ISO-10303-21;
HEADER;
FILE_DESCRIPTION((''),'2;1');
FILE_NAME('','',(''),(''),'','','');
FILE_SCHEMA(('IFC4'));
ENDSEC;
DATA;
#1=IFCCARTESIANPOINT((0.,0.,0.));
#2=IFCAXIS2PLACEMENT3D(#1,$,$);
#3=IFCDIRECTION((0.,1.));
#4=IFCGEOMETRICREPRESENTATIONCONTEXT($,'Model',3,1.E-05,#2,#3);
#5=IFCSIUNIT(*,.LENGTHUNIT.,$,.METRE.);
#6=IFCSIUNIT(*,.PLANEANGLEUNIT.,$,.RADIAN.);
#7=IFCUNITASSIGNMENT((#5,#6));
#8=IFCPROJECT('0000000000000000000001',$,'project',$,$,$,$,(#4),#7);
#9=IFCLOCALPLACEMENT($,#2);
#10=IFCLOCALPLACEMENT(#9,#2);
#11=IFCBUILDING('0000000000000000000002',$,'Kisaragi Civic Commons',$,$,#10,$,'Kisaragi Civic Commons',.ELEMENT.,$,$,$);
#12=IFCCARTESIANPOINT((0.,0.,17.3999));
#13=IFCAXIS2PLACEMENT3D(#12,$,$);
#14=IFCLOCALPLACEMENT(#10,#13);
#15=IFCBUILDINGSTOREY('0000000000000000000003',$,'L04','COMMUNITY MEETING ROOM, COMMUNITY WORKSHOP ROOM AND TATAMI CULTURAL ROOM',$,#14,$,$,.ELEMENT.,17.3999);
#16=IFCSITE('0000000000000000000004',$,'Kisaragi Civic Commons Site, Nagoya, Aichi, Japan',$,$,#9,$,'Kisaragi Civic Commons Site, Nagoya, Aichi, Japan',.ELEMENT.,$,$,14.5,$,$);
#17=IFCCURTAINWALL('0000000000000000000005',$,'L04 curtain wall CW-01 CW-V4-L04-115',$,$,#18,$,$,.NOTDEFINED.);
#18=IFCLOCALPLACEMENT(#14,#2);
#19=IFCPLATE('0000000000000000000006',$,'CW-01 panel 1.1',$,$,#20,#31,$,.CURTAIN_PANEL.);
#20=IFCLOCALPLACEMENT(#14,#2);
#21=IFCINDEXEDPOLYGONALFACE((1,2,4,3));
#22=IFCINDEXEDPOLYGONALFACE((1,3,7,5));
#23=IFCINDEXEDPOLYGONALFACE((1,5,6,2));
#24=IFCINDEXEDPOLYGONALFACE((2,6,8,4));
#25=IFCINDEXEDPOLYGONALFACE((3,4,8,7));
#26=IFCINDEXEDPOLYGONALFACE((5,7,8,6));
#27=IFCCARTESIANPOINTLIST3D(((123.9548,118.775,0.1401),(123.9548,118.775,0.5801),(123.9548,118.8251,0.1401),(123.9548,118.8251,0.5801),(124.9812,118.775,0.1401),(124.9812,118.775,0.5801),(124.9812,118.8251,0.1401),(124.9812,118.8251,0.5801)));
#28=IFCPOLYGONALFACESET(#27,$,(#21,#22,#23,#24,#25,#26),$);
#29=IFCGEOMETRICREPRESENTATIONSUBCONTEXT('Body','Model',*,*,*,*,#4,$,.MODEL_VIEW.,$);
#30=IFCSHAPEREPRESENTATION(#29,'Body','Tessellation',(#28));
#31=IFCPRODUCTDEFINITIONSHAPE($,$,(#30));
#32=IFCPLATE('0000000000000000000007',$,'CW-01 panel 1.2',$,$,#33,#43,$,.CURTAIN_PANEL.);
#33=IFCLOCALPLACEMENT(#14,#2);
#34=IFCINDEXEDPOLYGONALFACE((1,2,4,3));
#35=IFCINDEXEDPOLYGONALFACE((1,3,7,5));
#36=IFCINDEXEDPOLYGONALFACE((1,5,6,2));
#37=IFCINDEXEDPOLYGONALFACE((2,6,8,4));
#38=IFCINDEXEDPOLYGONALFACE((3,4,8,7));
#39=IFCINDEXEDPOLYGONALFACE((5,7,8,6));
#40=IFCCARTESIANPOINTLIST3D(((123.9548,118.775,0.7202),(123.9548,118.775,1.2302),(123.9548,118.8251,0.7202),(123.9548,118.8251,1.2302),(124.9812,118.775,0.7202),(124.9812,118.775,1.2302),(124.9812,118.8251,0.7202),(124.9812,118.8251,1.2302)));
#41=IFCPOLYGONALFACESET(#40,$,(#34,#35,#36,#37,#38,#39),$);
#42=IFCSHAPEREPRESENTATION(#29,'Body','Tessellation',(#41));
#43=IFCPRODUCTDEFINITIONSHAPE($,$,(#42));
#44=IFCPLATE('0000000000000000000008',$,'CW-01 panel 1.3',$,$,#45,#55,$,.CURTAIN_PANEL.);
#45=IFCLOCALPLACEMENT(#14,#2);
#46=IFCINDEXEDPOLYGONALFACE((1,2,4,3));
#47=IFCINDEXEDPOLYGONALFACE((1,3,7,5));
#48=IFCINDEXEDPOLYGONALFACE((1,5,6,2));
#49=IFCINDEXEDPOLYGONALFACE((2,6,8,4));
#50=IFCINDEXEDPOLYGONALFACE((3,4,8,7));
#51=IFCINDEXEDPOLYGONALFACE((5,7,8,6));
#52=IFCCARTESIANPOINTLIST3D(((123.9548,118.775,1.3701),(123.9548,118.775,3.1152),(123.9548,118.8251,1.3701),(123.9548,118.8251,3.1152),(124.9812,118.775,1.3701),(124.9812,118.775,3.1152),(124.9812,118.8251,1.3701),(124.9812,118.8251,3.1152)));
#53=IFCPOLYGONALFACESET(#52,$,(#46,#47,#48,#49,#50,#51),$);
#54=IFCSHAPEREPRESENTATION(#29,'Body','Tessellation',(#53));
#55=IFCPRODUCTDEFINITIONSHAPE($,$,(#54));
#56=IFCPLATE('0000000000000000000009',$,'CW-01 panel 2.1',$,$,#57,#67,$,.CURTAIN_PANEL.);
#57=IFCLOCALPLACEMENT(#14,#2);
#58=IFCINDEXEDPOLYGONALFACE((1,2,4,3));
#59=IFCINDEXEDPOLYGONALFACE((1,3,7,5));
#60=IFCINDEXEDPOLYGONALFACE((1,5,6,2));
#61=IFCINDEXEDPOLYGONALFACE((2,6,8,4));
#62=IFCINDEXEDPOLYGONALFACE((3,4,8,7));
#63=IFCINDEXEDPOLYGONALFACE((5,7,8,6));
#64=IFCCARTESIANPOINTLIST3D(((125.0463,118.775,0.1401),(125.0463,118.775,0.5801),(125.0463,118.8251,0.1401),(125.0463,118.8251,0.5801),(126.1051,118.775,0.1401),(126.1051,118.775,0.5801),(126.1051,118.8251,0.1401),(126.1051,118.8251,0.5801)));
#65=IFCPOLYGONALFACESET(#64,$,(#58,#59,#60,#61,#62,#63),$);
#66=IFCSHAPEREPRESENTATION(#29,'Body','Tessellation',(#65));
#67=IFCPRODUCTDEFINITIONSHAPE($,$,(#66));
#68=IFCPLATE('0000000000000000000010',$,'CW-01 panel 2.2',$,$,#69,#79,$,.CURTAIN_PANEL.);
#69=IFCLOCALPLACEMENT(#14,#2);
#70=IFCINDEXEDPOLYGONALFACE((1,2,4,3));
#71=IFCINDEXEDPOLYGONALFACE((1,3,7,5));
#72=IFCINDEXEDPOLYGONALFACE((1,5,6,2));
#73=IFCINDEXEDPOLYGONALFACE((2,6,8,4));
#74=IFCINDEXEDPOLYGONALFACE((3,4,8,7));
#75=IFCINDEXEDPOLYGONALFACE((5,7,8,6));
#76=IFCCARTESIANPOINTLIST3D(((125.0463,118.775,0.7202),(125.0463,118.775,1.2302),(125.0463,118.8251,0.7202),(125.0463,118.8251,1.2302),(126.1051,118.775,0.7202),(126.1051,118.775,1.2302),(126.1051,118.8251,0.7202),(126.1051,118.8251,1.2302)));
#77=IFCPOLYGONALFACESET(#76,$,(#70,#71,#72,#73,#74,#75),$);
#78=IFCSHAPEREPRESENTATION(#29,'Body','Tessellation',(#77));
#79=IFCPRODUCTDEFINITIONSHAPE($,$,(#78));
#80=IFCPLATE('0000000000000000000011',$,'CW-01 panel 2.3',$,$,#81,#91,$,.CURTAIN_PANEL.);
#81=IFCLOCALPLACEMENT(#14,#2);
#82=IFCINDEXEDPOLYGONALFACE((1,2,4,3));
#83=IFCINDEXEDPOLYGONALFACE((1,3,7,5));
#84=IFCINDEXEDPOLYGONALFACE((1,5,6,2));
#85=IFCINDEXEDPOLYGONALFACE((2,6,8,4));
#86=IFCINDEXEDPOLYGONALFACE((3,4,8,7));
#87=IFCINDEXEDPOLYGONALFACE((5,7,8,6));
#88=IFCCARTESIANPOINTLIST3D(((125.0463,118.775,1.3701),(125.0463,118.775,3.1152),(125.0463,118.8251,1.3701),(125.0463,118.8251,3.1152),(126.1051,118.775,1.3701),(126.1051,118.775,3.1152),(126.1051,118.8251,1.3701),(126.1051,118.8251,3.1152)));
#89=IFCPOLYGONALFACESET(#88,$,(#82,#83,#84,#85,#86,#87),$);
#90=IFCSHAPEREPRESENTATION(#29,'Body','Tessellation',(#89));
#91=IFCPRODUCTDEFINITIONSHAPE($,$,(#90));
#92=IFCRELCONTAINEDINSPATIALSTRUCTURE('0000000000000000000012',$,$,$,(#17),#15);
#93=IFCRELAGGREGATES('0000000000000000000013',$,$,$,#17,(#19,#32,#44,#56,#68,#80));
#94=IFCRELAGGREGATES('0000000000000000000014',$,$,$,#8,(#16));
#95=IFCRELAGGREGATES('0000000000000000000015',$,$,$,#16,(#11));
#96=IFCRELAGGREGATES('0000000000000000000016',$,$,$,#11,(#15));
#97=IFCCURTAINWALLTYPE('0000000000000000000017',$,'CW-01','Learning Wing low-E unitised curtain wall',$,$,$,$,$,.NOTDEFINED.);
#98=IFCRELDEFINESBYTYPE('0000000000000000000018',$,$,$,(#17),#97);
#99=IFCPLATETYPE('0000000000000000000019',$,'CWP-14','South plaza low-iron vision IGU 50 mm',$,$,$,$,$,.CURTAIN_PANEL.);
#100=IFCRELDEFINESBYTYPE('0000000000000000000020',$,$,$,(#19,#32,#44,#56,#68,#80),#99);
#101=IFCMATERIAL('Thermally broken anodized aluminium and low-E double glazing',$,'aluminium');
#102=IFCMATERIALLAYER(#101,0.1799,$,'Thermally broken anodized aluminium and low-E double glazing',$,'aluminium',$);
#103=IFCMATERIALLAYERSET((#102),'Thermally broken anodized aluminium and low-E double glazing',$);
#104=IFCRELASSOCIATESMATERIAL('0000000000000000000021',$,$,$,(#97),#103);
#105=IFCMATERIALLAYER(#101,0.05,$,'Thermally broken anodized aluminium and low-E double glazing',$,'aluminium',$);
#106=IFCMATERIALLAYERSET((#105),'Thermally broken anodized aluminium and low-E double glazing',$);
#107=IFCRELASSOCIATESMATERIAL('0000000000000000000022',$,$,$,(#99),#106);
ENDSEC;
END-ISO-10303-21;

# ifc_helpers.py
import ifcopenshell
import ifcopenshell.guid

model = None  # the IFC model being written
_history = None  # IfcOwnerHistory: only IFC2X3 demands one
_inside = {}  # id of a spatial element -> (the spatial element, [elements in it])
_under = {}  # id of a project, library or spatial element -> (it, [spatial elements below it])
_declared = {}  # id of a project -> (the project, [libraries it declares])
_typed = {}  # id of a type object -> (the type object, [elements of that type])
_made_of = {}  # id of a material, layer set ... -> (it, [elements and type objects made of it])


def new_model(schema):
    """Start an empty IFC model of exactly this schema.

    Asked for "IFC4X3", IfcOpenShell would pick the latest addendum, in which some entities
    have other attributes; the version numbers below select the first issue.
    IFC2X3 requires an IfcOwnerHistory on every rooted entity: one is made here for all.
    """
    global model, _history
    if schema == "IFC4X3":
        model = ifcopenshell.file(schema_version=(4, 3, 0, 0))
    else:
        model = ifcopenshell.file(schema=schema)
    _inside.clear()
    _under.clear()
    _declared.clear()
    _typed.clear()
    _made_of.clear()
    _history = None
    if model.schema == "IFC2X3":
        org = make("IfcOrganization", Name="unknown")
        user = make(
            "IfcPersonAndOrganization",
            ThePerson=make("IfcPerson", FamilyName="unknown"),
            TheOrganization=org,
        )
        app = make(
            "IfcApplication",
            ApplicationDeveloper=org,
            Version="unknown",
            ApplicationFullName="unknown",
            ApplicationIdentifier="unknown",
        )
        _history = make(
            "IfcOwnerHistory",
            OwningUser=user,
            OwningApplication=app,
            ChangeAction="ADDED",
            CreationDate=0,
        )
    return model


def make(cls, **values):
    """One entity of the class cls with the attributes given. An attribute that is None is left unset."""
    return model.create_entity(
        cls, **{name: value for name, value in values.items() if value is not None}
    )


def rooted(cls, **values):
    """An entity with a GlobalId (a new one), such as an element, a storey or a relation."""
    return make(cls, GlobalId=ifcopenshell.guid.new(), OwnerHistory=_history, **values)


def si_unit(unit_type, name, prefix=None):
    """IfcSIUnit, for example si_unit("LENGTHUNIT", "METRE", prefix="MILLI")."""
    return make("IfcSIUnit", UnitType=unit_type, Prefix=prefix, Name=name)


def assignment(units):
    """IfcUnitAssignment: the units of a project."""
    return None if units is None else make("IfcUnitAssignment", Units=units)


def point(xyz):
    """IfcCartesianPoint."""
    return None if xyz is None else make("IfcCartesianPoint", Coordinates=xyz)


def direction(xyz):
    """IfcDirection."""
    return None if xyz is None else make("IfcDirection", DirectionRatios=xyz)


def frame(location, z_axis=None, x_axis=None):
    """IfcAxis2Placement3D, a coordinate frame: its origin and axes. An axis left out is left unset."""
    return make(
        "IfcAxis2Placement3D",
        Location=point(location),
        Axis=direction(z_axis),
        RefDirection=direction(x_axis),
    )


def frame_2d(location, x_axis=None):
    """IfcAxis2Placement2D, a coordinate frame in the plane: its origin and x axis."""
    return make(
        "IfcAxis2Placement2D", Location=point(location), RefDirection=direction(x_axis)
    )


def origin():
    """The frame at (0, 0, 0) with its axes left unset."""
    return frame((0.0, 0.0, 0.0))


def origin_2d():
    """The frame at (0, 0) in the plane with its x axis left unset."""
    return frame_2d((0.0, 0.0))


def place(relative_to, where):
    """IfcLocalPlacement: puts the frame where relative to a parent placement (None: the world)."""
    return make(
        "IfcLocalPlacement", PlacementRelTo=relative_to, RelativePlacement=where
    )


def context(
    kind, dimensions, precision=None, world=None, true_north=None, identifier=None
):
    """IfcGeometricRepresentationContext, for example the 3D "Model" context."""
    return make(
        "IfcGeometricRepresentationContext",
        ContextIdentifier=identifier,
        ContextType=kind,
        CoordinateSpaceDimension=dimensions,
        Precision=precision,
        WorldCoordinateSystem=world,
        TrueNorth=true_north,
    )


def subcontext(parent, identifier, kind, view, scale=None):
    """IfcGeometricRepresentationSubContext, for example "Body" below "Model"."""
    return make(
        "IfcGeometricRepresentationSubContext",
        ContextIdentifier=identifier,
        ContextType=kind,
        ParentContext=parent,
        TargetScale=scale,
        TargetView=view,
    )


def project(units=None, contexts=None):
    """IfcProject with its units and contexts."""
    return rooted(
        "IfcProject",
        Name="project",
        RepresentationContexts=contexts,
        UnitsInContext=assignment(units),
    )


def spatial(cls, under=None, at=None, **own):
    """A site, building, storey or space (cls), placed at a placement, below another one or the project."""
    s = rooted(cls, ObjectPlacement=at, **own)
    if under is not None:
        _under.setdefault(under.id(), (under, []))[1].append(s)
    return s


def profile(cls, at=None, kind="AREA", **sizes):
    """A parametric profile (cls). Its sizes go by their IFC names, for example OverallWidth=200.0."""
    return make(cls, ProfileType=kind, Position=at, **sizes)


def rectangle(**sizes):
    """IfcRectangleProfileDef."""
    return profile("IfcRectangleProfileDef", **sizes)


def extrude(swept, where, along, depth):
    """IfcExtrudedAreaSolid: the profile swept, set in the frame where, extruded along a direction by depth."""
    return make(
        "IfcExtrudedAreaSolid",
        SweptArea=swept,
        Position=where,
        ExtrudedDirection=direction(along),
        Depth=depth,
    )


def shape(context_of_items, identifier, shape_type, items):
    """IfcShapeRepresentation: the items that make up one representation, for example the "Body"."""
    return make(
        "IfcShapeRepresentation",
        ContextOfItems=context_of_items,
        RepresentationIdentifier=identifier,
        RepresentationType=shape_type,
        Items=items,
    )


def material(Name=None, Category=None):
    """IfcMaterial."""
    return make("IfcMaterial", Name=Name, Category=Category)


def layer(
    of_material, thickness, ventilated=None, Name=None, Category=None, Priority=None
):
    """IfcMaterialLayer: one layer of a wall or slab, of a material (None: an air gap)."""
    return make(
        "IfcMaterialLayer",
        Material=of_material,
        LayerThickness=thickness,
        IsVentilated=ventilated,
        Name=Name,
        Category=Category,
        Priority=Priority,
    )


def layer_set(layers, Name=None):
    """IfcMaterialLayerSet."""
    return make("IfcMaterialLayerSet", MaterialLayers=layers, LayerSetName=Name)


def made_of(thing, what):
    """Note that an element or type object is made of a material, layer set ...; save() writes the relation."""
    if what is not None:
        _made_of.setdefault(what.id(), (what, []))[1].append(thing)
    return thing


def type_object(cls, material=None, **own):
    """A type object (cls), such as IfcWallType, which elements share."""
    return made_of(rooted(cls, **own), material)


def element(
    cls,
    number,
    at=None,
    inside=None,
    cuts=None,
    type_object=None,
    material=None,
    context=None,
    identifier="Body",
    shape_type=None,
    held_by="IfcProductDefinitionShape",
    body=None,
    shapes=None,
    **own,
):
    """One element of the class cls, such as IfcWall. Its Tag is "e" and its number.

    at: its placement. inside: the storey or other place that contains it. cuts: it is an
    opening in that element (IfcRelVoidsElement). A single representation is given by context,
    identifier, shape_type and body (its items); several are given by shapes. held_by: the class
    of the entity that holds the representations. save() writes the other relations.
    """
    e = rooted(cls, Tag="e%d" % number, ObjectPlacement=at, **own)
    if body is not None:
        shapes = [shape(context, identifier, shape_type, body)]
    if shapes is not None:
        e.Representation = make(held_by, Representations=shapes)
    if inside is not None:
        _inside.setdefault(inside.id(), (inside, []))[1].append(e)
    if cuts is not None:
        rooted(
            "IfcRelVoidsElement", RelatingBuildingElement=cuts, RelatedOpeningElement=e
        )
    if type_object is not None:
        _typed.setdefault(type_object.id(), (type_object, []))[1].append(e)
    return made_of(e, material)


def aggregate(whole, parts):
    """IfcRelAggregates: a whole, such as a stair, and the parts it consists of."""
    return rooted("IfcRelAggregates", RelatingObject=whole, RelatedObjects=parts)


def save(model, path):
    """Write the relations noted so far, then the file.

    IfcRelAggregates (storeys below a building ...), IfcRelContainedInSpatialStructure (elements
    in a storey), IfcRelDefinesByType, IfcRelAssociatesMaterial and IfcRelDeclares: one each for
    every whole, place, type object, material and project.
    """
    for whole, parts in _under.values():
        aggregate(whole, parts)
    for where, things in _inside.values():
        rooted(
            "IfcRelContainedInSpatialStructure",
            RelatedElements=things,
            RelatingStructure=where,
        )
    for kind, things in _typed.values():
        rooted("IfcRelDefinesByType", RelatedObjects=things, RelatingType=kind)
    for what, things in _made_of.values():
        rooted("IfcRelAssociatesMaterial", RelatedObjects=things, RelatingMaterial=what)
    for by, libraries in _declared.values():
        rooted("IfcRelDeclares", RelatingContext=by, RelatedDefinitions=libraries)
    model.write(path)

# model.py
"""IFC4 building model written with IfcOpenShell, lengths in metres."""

from ifc_helpers import new_model, si_unit, direction, frame, origin, origin_2d, place, context, subcontext, project, spatial, rectangle, extrude, material, layer, layer_set, type_object, element, aggregate, save


model = new_model("IFC4")

# Units and contexts
model_context = context("Model", 3, precision=1e-05, world=origin(), true_north=direction((0.0, 1.0)))
body_context = subcontext(model_context, "Body", "Model", "MODEL_VIEW")
ifc_project = project(units=[si_unit("LENGTHUNIT", "METRE"), si_unit("PLANEANGLEUNIT", "RADIAN")], contexts=[model_context])

# Site, building, storey
site_placement = place(None, origin())
site = spatial("IfcSite", under=ifc_project, at=site_placement, Name="Kisaragi Civic Commons Site, Nagoya, Aichi, Japan", LongName="Kisaragi Civic Commons Site, Nagoya, Aichi, Japan", CompositionType="ELEMENT", RefElevation=14.5)
building_placement = place(site_placement, origin())
building = spatial("IfcBuilding", under=site, at=building_placement, Name="Kisaragi Civic Commons", LongName="Kisaragi Civic Commons", CompositionType="ELEMENT")
storey_placement = place(building_placement, frame((0.0, 0.0, 17.3999)))
storey = spatial("IfcBuildingStorey", under=building, at=storey_placement, Name="L04", Description="COMMUNITY MEETING ROOM, COMMUNITY WORKSHOP ROOM AND TATAMI CULTURAL ROOM", CompositionType="ELEMENT", Elevation=17.3999)

# Curtain wall
ifc_material_1 = material(Name="Thermally broken anodized aluminium and low-E double glazing", Category="aluminium")
ifc_layer_1 = layer(ifc_material_1, 0.1799, Name="Thermally broken anodized aluminium and low-E double glazing", Category="aluminium")
ifc_layer_set_1 = layer_set([ifc_layer_1], Name="Thermally broken anodized aluminium and low-E double glazing")
curtain_wall_type = type_object("IfcCurtainWallType", Name="CW-01", Description="Learning Wing low-E unitised curtain wall", PredefinedType="NOTDEFINED", material=ifc_layer_set_1)
curtain_wall_1_placement = place(storey_placement, origin())
curtain_wall_1 = element("IfcCurtainWall", 1, at=curtain_wall_1_placement, inside=storey, type_object=curtain_wall_type, Name="L04 curtain wall CW-01 CW-V4-L04-115", PredefinedType="NOTDEFINED")

# Plates
ifc_layer_2 = layer(ifc_material_1, 0.05, Name="Thermally broken anodized aluminium and low-E double glazing", Category="aluminium")
ifc_layer_set_2 = layer_set([ifc_layer_2], Name="Thermally broken anodized aluminium and low-E double glazing")
plate_type_1 = type_object("IfcPlateType", Name="CWP-14", Description="South plaza low-iron vision IGU 50 mm", PredefinedType="CURTAIN_PANEL", material=ifc_layer_set_2)
plate_1_placement = place(storey_placement, frame((124.468, 118.8, 0.1401), z_axis=(0.0, 0.0, 1.0), x_axis=(1.0, 0.0, 0.0)))
plate_1 = element("IfcPlate", 2, at=plate_1_placement, type_object=plate_type_1, Name="CW-01 panel 1.1", PredefinedType="CURTAIN_PANEL", context=body_context, shape_type="SweptSolid", body=[
    extrude(rectangle(XDim=1.0264, YDim=0.05, at=origin_2d()), origin(), (0.0, 0.0, 1.0), 0.4399),
])
plate_2_placement = place(storey_placement, frame((124.468, 118.8, 0.7202), z_axis=(0.0, 0.0, 1.0), x_axis=(1.0, 0.0, 0.0)))
plate_2 = element("IfcPlate", 3, at=plate_2_placement, type_object=plate_type_1, Name="CW-01 panel 1.2", PredefinedType="CURTAIN_PANEL", context=body_context, shape_type="SweptSolid", body=[
    extrude(rectangle(XDim=1.0264, YDim=0.05, at=origin_2d()), origin(), (0.0, 0.0, 1.0), 0.51),
])
plate_3_placement = place(storey_placement, frame((124.468, 118.8, 1.3701), z_axis=(0.0, 0.0, 1.0), x_axis=(1.0, 0.0, 0.0)))
plate_3 = element("IfcPlate", 4, at=plate_3_placement, type_object=plate_type_1, Name="CW-01 panel 1.3", PredefinedType="CURTAIN_PANEL", context=body_context, shape_type="SweptSolid", body=[
    extrude(rectangle(XDim=1.0264, YDim=0.05, at=origin_2d()), origin(), (0.0, 0.0, 1.0), 1.7451),
])
plate_4_placement = place(storey_placement, frame((125.5757, 118.8, 0.1401), z_axis=(0.0, 0.0, 1.0), x_axis=(1.0, 0.0, 0.0)))
plate_4 = element("IfcPlate", 5, at=plate_4_placement, type_object=plate_type_1, Name="CW-01 panel 2.1", PredefinedType="CURTAIN_PANEL", context=body_context, shape_type="SweptSolid", body=[
    extrude(rectangle(XDim=1.0588, YDim=0.05, at=origin_2d()), origin(), (0.0, 0.0, 1.0), 0.4399),
])
plate_5_placement = place(storey_placement, frame((125.5757, 118.8, 0.7202), z_axis=(0.0, 0.0, 1.0), x_axis=(1.0, 0.0, 0.0)))
plate_5 = element("IfcPlate", 6, at=plate_5_placement, type_object=plate_type_1, Name="CW-01 panel 2.2", PredefinedType="CURTAIN_PANEL", context=body_context, shape_type="SweptSolid", body=[
    extrude(rectangle(XDim=1.0588, YDim=0.05, at=origin_2d()), origin(), (0.0, 0.0, 1.0), 0.51),
])
plate_6_placement = place(storey_placement, frame((125.5757, 118.8, 1.3701), z_axis=(0.0, 0.0, 1.0), x_axis=(1.0, 0.0, 0.0)))
plate_6 = element("IfcPlate", 7, at=plate_6_placement, type_object=plate_type_1, Name="CW-01 panel 2.3", PredefinedType="CURTAIN_PANEL", context=body_context, shape_type="SweptSolid", body=[
    extrude(rectangle(XDim=1.0588, YDim=0.05, at=origin_2d()), origin(), (0.0, 0.0, 1.0), 1.7451),
])
aggregate(curtain_wall_1, [plate_1, plate_2, plate_3, plate_4, plate_5, plate_6])

save(model, "model.ifc")
